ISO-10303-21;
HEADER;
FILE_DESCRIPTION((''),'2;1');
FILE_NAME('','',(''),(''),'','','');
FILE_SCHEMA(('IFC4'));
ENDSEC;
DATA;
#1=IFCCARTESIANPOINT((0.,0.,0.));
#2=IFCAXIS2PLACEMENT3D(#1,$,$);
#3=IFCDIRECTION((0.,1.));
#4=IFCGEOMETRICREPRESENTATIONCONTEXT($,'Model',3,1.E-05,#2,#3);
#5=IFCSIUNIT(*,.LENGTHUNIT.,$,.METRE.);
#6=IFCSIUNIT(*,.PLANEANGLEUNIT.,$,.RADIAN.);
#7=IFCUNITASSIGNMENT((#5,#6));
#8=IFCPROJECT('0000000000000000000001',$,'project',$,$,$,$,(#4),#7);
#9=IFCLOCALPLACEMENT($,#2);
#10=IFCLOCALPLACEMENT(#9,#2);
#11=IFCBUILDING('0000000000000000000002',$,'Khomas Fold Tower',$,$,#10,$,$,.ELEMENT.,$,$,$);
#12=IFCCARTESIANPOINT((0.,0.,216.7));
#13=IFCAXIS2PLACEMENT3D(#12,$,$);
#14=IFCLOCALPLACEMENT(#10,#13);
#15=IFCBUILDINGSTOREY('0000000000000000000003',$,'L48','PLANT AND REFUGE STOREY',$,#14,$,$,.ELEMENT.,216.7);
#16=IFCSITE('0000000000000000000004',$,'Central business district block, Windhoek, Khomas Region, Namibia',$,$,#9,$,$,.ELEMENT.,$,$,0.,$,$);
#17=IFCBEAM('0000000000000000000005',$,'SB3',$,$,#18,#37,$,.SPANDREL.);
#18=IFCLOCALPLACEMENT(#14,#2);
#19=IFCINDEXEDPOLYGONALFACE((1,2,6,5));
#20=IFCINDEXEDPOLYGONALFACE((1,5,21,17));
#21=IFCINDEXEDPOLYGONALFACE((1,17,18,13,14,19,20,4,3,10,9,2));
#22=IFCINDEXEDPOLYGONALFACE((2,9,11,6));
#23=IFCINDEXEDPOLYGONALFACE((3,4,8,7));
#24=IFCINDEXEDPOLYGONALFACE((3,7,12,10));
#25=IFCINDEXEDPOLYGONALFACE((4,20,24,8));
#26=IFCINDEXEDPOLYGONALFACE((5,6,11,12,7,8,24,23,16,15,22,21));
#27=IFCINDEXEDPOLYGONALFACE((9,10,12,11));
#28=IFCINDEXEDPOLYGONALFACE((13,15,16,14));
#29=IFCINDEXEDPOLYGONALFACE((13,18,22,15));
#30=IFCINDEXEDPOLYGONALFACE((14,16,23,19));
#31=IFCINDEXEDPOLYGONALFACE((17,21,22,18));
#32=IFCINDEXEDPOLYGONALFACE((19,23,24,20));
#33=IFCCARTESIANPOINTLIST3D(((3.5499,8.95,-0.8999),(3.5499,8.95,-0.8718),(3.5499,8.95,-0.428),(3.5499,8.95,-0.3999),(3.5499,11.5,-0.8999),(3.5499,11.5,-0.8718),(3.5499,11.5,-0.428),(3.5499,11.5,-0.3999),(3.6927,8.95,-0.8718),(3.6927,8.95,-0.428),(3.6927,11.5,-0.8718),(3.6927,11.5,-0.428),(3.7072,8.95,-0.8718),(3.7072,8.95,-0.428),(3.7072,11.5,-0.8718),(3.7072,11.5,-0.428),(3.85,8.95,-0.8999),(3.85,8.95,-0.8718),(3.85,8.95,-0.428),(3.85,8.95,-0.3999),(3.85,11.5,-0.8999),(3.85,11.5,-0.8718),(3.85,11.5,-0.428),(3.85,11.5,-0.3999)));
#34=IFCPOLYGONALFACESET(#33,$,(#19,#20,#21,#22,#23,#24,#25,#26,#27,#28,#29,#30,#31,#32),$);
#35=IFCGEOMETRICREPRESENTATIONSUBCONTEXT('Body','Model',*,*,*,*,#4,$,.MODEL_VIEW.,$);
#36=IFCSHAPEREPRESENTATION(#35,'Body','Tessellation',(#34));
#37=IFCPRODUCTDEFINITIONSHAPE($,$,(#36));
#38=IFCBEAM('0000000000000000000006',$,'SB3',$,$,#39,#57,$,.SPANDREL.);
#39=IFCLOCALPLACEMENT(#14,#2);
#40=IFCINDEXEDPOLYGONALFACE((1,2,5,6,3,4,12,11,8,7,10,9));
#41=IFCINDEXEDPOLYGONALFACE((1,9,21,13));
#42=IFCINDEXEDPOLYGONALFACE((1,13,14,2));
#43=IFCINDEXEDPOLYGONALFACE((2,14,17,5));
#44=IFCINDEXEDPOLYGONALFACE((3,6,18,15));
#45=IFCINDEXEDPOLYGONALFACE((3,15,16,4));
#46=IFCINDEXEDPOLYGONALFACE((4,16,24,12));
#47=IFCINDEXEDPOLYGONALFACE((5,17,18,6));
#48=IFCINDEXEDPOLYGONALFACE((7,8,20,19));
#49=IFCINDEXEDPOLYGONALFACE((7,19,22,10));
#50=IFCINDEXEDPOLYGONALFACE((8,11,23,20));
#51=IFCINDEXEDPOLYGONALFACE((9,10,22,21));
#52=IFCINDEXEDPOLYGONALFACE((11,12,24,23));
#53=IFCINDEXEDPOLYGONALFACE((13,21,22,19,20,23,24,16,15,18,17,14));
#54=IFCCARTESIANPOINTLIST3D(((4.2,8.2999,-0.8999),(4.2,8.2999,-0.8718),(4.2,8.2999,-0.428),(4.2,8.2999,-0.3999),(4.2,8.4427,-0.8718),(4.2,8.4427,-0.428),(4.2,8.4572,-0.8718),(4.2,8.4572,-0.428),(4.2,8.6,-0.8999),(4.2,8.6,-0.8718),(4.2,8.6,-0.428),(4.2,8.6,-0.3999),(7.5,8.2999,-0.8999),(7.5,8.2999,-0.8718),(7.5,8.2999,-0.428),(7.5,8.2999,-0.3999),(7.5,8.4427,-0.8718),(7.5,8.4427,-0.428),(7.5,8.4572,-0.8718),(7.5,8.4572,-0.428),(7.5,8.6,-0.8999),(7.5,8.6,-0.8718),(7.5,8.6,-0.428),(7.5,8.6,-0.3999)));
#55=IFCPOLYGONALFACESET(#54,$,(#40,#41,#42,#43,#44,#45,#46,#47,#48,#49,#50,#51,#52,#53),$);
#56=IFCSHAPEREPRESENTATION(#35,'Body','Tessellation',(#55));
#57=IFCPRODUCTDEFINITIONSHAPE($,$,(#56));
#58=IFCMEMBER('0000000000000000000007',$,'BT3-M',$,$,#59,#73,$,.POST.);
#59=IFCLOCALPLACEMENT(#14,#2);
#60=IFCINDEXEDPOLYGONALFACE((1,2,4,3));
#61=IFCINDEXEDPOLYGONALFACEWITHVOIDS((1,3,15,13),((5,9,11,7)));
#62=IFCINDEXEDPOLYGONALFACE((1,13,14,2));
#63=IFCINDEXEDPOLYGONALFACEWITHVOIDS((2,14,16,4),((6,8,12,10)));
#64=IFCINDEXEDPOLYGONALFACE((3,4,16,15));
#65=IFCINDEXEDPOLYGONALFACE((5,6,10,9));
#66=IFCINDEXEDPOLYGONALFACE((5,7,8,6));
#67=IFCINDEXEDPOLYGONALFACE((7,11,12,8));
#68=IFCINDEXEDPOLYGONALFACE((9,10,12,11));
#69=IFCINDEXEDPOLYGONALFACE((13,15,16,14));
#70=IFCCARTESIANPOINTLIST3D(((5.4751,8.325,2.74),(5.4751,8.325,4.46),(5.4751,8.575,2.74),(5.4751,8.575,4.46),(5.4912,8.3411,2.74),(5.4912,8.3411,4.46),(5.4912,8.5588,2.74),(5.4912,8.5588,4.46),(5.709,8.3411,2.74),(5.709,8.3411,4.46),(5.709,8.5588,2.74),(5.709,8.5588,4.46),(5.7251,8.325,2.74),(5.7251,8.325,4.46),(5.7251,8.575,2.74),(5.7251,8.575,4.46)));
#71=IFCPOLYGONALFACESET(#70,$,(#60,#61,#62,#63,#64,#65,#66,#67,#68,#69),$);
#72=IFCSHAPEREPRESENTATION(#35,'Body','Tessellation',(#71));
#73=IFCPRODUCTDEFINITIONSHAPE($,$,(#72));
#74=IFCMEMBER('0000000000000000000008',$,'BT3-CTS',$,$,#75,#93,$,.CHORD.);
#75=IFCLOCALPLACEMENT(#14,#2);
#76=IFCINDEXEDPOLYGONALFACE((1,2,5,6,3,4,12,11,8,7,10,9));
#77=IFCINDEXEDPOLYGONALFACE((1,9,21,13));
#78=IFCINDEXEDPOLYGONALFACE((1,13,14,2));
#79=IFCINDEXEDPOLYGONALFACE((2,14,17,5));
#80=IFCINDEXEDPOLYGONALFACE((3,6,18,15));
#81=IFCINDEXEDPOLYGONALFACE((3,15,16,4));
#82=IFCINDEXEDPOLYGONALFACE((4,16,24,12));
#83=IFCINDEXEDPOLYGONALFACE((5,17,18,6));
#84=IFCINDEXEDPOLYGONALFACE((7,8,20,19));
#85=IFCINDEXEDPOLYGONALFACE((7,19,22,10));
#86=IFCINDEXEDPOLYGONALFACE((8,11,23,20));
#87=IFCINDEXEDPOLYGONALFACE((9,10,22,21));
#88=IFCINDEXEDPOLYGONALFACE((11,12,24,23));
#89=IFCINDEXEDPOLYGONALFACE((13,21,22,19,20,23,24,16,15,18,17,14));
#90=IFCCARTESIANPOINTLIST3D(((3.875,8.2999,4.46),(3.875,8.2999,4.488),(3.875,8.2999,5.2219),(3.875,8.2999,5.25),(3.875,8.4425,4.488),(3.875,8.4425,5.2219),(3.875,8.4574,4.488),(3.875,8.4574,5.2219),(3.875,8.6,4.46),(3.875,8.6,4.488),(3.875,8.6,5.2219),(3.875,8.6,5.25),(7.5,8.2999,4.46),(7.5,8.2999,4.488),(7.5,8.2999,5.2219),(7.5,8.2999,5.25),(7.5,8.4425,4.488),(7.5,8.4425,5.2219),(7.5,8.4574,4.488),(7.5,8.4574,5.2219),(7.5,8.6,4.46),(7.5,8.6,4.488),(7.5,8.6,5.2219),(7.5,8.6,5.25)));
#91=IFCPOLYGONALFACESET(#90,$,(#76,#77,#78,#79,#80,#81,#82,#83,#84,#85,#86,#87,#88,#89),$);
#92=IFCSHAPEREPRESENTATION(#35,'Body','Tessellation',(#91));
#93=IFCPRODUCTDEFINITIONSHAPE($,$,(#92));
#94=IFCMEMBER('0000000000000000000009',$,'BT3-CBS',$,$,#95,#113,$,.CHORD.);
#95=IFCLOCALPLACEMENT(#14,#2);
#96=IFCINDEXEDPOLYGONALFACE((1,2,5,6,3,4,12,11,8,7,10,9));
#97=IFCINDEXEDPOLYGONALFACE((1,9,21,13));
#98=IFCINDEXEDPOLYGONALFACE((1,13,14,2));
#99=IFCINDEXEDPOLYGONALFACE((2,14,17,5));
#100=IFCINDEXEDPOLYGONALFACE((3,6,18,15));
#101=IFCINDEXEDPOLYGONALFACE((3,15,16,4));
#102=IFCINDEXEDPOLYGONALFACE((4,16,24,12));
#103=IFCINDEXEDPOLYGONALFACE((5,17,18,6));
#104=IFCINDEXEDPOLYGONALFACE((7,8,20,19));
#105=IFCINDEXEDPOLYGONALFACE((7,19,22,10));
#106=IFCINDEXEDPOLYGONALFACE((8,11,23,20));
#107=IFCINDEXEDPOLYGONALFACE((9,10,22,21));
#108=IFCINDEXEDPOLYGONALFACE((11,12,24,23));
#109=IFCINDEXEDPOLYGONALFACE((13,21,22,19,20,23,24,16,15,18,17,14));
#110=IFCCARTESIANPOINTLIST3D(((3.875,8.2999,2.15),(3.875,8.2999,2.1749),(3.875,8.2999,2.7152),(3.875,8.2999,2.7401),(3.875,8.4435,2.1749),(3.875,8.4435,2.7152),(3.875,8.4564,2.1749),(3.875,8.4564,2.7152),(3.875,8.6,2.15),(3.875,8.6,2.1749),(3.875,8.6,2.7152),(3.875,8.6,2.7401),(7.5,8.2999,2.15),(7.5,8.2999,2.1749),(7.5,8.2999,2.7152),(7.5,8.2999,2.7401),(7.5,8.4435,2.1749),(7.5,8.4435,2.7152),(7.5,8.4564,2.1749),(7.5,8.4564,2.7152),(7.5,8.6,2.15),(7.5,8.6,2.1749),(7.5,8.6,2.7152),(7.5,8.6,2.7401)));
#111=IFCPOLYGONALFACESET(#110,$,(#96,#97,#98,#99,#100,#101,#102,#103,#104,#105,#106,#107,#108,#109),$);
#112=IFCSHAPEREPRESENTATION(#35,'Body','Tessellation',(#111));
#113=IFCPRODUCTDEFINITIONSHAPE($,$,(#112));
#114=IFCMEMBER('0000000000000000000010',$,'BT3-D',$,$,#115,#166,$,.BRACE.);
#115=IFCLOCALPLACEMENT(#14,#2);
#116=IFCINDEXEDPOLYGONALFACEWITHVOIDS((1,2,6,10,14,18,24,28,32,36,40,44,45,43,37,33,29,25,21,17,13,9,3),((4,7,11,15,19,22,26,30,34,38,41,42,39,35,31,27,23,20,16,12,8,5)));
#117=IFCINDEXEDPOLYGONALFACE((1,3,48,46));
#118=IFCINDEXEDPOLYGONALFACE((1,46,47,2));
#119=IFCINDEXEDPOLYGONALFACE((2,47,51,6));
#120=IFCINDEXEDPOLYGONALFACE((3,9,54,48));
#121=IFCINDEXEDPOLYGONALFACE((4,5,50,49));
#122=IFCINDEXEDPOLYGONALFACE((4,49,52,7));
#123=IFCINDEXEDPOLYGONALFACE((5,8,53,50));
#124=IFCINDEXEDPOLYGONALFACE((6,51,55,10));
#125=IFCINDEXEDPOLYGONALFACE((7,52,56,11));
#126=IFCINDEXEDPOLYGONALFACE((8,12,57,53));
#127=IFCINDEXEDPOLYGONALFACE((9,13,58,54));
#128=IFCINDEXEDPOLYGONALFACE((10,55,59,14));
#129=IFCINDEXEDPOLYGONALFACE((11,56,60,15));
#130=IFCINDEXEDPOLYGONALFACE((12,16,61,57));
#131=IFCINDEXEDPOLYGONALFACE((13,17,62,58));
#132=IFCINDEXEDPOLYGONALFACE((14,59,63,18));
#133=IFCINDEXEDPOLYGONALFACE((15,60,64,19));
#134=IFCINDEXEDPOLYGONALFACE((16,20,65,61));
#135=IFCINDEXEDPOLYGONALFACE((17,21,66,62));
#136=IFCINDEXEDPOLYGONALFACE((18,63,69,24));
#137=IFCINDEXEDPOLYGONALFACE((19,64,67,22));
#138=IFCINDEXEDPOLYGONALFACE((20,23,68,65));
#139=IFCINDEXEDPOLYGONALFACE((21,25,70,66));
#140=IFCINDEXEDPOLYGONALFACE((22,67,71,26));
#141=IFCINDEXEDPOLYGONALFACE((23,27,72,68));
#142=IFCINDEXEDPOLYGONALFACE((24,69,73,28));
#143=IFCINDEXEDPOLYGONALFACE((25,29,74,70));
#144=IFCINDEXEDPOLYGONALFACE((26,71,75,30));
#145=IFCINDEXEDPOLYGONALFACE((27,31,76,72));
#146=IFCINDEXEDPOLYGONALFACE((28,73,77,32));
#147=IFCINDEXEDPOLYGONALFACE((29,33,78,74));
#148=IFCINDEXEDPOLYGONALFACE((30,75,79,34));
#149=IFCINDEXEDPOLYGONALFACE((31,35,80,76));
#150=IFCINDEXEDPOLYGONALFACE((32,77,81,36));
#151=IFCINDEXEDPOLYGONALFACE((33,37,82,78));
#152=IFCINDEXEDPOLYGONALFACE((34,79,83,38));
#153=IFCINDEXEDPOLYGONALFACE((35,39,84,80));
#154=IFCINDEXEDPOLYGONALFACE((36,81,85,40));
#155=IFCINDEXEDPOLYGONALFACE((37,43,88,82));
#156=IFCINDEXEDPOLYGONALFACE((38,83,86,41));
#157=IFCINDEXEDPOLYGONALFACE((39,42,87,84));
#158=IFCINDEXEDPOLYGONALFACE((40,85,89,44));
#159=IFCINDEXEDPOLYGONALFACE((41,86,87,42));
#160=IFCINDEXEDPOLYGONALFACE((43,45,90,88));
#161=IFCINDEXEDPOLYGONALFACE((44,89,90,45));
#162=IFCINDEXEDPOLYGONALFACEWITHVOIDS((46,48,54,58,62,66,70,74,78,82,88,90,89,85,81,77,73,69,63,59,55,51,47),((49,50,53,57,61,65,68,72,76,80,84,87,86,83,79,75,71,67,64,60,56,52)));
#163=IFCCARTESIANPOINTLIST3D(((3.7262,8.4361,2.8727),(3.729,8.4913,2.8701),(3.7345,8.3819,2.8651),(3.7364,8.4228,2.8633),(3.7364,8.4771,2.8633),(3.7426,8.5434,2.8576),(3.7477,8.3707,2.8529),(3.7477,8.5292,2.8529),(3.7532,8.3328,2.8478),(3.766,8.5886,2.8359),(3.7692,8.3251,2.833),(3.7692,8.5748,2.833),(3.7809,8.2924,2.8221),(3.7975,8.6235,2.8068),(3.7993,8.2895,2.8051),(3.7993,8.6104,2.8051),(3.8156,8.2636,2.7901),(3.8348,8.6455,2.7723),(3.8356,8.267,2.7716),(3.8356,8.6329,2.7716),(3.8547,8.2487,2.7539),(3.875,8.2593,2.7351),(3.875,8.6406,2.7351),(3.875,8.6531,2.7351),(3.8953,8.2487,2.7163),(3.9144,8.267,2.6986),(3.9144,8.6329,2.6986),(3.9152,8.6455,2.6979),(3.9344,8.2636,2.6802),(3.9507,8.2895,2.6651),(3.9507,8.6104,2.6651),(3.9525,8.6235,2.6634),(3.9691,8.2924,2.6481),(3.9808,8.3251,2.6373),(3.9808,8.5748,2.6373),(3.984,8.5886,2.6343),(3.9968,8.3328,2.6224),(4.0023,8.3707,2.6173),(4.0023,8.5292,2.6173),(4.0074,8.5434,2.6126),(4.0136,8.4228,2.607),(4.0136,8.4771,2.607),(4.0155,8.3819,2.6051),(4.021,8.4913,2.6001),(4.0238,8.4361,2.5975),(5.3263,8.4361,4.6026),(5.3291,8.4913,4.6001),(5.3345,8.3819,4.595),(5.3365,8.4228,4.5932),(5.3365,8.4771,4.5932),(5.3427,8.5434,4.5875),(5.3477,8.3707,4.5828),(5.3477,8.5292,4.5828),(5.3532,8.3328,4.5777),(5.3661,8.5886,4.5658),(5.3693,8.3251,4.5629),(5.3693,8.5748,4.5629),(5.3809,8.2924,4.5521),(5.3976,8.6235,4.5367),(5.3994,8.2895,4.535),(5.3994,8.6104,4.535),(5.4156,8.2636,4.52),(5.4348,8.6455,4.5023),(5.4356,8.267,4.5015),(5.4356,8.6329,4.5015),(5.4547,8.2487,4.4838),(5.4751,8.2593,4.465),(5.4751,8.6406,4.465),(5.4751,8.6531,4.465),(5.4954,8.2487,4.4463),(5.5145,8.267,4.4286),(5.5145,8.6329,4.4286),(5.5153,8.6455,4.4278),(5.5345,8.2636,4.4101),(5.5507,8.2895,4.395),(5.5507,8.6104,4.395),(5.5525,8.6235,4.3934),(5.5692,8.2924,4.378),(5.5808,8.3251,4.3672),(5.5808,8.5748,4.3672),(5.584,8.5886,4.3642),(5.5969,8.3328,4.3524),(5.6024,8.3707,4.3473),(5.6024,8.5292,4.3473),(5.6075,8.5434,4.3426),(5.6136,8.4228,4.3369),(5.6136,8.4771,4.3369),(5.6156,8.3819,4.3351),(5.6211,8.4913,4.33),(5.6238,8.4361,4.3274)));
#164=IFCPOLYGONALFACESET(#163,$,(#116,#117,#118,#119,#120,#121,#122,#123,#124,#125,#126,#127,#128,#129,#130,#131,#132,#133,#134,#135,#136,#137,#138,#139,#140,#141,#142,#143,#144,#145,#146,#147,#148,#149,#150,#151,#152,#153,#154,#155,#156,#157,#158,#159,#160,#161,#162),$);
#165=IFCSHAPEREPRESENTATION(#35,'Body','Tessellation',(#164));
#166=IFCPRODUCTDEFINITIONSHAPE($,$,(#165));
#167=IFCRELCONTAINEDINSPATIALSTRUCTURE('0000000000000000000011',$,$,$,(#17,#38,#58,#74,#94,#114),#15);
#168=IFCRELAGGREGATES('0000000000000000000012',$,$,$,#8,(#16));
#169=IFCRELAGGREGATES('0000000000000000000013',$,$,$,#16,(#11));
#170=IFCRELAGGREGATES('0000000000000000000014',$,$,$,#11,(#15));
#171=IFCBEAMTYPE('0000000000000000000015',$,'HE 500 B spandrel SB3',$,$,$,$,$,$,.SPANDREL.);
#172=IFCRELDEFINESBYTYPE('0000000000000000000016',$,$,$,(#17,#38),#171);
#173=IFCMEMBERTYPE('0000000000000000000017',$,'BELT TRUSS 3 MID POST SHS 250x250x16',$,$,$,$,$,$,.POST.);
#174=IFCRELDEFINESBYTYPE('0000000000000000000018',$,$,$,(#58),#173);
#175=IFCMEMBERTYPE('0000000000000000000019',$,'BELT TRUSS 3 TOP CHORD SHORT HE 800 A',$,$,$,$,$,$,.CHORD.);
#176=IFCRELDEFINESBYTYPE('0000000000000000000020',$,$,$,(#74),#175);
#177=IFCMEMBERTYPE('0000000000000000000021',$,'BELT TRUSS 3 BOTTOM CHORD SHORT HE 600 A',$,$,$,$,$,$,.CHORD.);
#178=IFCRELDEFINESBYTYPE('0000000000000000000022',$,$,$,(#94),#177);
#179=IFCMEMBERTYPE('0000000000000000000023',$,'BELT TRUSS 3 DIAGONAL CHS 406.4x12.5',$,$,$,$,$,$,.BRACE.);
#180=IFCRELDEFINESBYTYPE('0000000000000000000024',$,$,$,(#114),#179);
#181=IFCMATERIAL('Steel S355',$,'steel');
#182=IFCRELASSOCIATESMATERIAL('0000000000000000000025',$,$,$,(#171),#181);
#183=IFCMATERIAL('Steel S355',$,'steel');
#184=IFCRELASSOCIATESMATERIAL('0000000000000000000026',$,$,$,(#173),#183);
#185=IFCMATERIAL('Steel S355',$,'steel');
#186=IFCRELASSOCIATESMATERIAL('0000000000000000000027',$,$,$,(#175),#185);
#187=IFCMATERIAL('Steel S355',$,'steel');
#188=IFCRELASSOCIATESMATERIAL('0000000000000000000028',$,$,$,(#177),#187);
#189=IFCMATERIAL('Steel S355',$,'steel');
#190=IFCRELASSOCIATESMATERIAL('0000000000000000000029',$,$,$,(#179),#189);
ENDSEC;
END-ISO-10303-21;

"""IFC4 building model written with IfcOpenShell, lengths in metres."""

from ifc_helpers import new_model, si_unit, direction, frame, origin, origin_2d, place, context, subcontext, project, spatial, hollow_rectangle, hollow_circle, i_section, extrude, source, transform, mapped, material, material_profile, profile_set, type_object, element, save


model = new_model("IFC4")

# Units and contexts
model_context = context("Model", 3, precision=1e-05, world=origin(), true_north=direction((0.0, 1.0)))
body_context = subcontext(model_context, "Body", "Model", "MODEL_VIEW")
ifc_project = project(units=[si_unit("LENGTHUNIT", "METRE"), si_unit("PLANEANGLEUNIT", "RADIAN")], contexts=[model_context])

# Site, building, storey
site_placement = place(None, origin())
site = spatial("IfcSite", under=ifc_project, at=site_placement, Name="Central business district block, Windhoek, Khomas Region, Namibia", CompositionType="ELEMENT", RefElevation=0.0)
building_placement = place(site_placement, origin())
building = spatial("IfcBuilding", under=site, at=building_placement, Name="Khomas Fold Tower", CompositionType="ELEMENT")
storey_placement = place(building_placement, frame((0.0, 0.0, 216.7)))
storey = spatial("IfcBuildingStorey", under=building, at=storey_placement, Name="L48", Description="PLANT AND REFUGE STOREY", CompositionType="ELEMENT", Elevation=216.7)

# Beams
ifc_material_1 = material(Name="Steel S355", Category="steel")
ifc_material_profile_1 = material_profile(ifc_material_1, i_section(OverallWidth=0.3, OverallDepth=0.5, WebThickness=0.0144, FlangeThickness=0.0281, at=origin_2d()), Name="HE 500 B")
ifc_profile_set_1 = profile_set([ifc_material_profile_1], Name="Steel S355")
beam_type = type_object("IfcBeamType", Name="HE 500 B spandrel SB3", PredefinedType="SPANDREL", material=ifc_profile_set_1)
shared_shape_1 = source(origin(), body_context, "Body", "SweptSolid", [
    extrude(i_section(OverallWidth=0.3, OverallDepth=0.5, WebThickness=0.0144, FlangeThickness=0.0281, at=origin_2d()), origin(), (0.0, 0.0, 1.0), 2.55),
])
beam_1_placement = place(storey_placement, frame((3.7, 8.95, -0.6499), z_axis=(0.0, 1.0, 0.0), x_axis=(-1.0, 0.0, 0.0)))
element("IfcBeam", 1, at=beam_1_placement, inside=storey, type_object=beam_type, Name="SB3", PredefinedType="SPANDREL", context=body_context, shape_type="MappedRepresentation", body=[
    mapped(shared_shape_1, transform((0.0, 0.0, 0.0))),
])
shared_shape_2 = source(origin(), body_context, "Body", "SweptSolid", [
    extrude(i_section(OverallWidth=0.3, OverallDepth=0.5, WebThickness=0.0144, FlangeThickness=0.0281, at=origin_2d()), origin(), (0.0, 0.0, 1.0), 3.3),
])
beam_2_placement = place(storey_placement, frame((4.2, 8.45, -0.6499), z_axis=(1.0, 0.0, 0.0), x_axis=(0.0, 1.0, 0.0)))
element("IfcBeam", 2, at=beam_2_placement, inside=storey, type_object=beam_type, Name="SB3", PredefinedType="SPANDREL", context=body_context, shape_type="MappedRepresentation", body=[
    mapped(shared_shape_2, transform((0.0, 0.0, 0.0))),
])

# Members
ifc_material_2 = material(Name="Steel S355", Category="steel")
ifc_material_profile_2 = material_profile(ifc_material_2, hollow_rectangle(XDim=0.25, YDim=0.25, WallThickness=0.0161, at=origin_2d()), Name="SHS 250x250x16")
ifc_profile_set_2 = profile_set([ifc_material_profile_2], Name="Steel S355")
member_type_1 = type_object("IfcMemberType", Name="BELT TRUSS 3 MID POST SHS 250x250x16", PredefinedType="POST", material=ifc_profile_set_2)
shared_shape_3 = source(origin(), body_context, "Body", "SweptSolid", [
    extrude(hollow_rectangle(XDim=0.25, YDim=0.25, WallThickness=0.0161, at=origin_2d()), origin(), (0.0, 0.0, 1.0), 1.72),
])
member_1_placement = place(storey_placement, frame((5.6001, 8.45, 2.74), z_axis=(0.0, 0.0, 1.0), x_axis=(1.0, 0.0, 0.0)))
element("IfcMember", 3, at=member_1_placement, inside=storey, type_object=member_type_1, Name="BT3-M", PredefinedType="POST", context=body_context, shape_type="MappedRepresentation", body=[
    mapped(shared_shape_3, transform((0.0, 0.0, 0.0))),
])
ifc_material_3 = material(Name="Steel S355", Category="steel")
ifc_material_profile_3 = material_profile(ifc_material_3, i_section(OverallWidth=0.3, OverallDepth=0.79, WebThickness=0.0149, FlangeThickness=0.0281, at=origin_2d()), Name="HE 800 A")
ifc_profile_set_3 = profile_set([ifc_material_profile_3], Name="Steel S355")
member_type_2 = type_object("IfcMemberType", Name="BELT TRUSS 3 TOP CHORD SHORT HE 800 A", PredefinedType="CHORD", material=ifc_profile_set_3)
shared_shape_4 = source(origin(), body_context, "Body", "SweptSolid", [
    extrude(i_section(OverallWidth=0.3, OverallDepth=0.79, WebThickness=0.0149, FlangeThickness=0.0281, at=origin_2d()), origin(), (0.0, 0.0, 1.0), 3.625),
])
member_2_placement = place(storey_placement, frame((3.875, 8.45, 4.855), z_axis=(1.0, 0.0, 0.0), x_axis=(0.0, 1.0, 0.0)))
element("IfcMember", 4, at=member_2_placement, inside=storey, type_object=member_type_2, Name="BT3-CTS", PredefinedType="CHORD", context=body_context, shape_type="MappedRepresentation", body=[
    mapped(shared_shape_4, transform((0.0, 0.0, 0.0))),
])
ifc_material_4 = material(Name="Steel S355", Category="steel")
ifc_material_profile_4 = material_profile(ifc_material_4, i_section(OverallWidth=0.3, OverallDepth=0.5901, WebThickness=0.0129, FlangeThickness=0.0249, at=origin_2d()), Name="HE 600 A")
ifc_profile_set_4 = profile_set([ifc_material_profile_4], Name="Steel S355")
member_type_3 = type_object("IfcMemberType", Name="BELT TRUSS 3 BOTTOM CHORD SHORT HE 600 A", PredefinedType="CHORD", material=ifc_profile_set_4)
shared_shape_5 = source(origin(), body_context, "Body", "SweptSolid", [
    extrude(i_section(OverallWidth=0.3, OverallDepth=0.5901, WebThickness=0.0129, FlangeThickness=0.0249, at=origin_2d()), origin(), (0.0, 0.0, 1.0), 3.625),
])
member_3_placement = place(storey_placement, frame((3.875, 8.45, 2.4451), z_axis=(1.0, 0.0, 0.0), x_axis=(0.0, 1.0, 0.0)))
element("IfcMember", 5, at=member_3_placement, inside=storey, type_object=member_type_3, Name="BT3-CBS", PredefinedType="CHORD", context=body_context, shape_type="MappedRepresentation", body=[
    mapped(shared_shape_5, transform((0.0, 0.0, 0.0))),
])
ifc_material_5 = material(Name="Steel S355", Category="steel")
ifc_material_profile_5 = material_profile(ifc_material_5, hollow_circle(Radius=0.2031, WallThickness=0.0125, at=origin_2d()), Name="CHS 406.4x12.5")
ifc_profile_set_5 = profile_set([ifc_material_profile_5], Name="Steel S355")
member_type_4 = type_object("IfcMemberType", Name="BELT TRUSS 3 DIAGONAL CHS 406.4x12.5", PredefinedType="BRACE", material=ifc_profile_set_5)
shared_shape_6 = source(origin(), body_context, "Body", "SweptSolid", [
    extrude(hollow_circle(Radius=0.2031, WallThickness=0.0125, at=origin_2d()), origin(), (0.0, 0.0, 1.0), 2.3564),
])
member_4_placement = place(storey_placement, frame((3.875, 8.45, 2.7351), z_axis=(0.679011, 0.0, 0.734128), x_axis=(0.0, 1.0, 0.0)))
element("IfcMember", 6, at=member_4_placement, inside=storey, type_object=member_type_4, Name="BT3-D", PredefinedType="BRACE", context=body_context, shape_type="MappedRepresentation", body=[
    mapped(shared_shape_6, transform((0.0, 0.0, 0.0))),
])

save(model, "model.ifc")
